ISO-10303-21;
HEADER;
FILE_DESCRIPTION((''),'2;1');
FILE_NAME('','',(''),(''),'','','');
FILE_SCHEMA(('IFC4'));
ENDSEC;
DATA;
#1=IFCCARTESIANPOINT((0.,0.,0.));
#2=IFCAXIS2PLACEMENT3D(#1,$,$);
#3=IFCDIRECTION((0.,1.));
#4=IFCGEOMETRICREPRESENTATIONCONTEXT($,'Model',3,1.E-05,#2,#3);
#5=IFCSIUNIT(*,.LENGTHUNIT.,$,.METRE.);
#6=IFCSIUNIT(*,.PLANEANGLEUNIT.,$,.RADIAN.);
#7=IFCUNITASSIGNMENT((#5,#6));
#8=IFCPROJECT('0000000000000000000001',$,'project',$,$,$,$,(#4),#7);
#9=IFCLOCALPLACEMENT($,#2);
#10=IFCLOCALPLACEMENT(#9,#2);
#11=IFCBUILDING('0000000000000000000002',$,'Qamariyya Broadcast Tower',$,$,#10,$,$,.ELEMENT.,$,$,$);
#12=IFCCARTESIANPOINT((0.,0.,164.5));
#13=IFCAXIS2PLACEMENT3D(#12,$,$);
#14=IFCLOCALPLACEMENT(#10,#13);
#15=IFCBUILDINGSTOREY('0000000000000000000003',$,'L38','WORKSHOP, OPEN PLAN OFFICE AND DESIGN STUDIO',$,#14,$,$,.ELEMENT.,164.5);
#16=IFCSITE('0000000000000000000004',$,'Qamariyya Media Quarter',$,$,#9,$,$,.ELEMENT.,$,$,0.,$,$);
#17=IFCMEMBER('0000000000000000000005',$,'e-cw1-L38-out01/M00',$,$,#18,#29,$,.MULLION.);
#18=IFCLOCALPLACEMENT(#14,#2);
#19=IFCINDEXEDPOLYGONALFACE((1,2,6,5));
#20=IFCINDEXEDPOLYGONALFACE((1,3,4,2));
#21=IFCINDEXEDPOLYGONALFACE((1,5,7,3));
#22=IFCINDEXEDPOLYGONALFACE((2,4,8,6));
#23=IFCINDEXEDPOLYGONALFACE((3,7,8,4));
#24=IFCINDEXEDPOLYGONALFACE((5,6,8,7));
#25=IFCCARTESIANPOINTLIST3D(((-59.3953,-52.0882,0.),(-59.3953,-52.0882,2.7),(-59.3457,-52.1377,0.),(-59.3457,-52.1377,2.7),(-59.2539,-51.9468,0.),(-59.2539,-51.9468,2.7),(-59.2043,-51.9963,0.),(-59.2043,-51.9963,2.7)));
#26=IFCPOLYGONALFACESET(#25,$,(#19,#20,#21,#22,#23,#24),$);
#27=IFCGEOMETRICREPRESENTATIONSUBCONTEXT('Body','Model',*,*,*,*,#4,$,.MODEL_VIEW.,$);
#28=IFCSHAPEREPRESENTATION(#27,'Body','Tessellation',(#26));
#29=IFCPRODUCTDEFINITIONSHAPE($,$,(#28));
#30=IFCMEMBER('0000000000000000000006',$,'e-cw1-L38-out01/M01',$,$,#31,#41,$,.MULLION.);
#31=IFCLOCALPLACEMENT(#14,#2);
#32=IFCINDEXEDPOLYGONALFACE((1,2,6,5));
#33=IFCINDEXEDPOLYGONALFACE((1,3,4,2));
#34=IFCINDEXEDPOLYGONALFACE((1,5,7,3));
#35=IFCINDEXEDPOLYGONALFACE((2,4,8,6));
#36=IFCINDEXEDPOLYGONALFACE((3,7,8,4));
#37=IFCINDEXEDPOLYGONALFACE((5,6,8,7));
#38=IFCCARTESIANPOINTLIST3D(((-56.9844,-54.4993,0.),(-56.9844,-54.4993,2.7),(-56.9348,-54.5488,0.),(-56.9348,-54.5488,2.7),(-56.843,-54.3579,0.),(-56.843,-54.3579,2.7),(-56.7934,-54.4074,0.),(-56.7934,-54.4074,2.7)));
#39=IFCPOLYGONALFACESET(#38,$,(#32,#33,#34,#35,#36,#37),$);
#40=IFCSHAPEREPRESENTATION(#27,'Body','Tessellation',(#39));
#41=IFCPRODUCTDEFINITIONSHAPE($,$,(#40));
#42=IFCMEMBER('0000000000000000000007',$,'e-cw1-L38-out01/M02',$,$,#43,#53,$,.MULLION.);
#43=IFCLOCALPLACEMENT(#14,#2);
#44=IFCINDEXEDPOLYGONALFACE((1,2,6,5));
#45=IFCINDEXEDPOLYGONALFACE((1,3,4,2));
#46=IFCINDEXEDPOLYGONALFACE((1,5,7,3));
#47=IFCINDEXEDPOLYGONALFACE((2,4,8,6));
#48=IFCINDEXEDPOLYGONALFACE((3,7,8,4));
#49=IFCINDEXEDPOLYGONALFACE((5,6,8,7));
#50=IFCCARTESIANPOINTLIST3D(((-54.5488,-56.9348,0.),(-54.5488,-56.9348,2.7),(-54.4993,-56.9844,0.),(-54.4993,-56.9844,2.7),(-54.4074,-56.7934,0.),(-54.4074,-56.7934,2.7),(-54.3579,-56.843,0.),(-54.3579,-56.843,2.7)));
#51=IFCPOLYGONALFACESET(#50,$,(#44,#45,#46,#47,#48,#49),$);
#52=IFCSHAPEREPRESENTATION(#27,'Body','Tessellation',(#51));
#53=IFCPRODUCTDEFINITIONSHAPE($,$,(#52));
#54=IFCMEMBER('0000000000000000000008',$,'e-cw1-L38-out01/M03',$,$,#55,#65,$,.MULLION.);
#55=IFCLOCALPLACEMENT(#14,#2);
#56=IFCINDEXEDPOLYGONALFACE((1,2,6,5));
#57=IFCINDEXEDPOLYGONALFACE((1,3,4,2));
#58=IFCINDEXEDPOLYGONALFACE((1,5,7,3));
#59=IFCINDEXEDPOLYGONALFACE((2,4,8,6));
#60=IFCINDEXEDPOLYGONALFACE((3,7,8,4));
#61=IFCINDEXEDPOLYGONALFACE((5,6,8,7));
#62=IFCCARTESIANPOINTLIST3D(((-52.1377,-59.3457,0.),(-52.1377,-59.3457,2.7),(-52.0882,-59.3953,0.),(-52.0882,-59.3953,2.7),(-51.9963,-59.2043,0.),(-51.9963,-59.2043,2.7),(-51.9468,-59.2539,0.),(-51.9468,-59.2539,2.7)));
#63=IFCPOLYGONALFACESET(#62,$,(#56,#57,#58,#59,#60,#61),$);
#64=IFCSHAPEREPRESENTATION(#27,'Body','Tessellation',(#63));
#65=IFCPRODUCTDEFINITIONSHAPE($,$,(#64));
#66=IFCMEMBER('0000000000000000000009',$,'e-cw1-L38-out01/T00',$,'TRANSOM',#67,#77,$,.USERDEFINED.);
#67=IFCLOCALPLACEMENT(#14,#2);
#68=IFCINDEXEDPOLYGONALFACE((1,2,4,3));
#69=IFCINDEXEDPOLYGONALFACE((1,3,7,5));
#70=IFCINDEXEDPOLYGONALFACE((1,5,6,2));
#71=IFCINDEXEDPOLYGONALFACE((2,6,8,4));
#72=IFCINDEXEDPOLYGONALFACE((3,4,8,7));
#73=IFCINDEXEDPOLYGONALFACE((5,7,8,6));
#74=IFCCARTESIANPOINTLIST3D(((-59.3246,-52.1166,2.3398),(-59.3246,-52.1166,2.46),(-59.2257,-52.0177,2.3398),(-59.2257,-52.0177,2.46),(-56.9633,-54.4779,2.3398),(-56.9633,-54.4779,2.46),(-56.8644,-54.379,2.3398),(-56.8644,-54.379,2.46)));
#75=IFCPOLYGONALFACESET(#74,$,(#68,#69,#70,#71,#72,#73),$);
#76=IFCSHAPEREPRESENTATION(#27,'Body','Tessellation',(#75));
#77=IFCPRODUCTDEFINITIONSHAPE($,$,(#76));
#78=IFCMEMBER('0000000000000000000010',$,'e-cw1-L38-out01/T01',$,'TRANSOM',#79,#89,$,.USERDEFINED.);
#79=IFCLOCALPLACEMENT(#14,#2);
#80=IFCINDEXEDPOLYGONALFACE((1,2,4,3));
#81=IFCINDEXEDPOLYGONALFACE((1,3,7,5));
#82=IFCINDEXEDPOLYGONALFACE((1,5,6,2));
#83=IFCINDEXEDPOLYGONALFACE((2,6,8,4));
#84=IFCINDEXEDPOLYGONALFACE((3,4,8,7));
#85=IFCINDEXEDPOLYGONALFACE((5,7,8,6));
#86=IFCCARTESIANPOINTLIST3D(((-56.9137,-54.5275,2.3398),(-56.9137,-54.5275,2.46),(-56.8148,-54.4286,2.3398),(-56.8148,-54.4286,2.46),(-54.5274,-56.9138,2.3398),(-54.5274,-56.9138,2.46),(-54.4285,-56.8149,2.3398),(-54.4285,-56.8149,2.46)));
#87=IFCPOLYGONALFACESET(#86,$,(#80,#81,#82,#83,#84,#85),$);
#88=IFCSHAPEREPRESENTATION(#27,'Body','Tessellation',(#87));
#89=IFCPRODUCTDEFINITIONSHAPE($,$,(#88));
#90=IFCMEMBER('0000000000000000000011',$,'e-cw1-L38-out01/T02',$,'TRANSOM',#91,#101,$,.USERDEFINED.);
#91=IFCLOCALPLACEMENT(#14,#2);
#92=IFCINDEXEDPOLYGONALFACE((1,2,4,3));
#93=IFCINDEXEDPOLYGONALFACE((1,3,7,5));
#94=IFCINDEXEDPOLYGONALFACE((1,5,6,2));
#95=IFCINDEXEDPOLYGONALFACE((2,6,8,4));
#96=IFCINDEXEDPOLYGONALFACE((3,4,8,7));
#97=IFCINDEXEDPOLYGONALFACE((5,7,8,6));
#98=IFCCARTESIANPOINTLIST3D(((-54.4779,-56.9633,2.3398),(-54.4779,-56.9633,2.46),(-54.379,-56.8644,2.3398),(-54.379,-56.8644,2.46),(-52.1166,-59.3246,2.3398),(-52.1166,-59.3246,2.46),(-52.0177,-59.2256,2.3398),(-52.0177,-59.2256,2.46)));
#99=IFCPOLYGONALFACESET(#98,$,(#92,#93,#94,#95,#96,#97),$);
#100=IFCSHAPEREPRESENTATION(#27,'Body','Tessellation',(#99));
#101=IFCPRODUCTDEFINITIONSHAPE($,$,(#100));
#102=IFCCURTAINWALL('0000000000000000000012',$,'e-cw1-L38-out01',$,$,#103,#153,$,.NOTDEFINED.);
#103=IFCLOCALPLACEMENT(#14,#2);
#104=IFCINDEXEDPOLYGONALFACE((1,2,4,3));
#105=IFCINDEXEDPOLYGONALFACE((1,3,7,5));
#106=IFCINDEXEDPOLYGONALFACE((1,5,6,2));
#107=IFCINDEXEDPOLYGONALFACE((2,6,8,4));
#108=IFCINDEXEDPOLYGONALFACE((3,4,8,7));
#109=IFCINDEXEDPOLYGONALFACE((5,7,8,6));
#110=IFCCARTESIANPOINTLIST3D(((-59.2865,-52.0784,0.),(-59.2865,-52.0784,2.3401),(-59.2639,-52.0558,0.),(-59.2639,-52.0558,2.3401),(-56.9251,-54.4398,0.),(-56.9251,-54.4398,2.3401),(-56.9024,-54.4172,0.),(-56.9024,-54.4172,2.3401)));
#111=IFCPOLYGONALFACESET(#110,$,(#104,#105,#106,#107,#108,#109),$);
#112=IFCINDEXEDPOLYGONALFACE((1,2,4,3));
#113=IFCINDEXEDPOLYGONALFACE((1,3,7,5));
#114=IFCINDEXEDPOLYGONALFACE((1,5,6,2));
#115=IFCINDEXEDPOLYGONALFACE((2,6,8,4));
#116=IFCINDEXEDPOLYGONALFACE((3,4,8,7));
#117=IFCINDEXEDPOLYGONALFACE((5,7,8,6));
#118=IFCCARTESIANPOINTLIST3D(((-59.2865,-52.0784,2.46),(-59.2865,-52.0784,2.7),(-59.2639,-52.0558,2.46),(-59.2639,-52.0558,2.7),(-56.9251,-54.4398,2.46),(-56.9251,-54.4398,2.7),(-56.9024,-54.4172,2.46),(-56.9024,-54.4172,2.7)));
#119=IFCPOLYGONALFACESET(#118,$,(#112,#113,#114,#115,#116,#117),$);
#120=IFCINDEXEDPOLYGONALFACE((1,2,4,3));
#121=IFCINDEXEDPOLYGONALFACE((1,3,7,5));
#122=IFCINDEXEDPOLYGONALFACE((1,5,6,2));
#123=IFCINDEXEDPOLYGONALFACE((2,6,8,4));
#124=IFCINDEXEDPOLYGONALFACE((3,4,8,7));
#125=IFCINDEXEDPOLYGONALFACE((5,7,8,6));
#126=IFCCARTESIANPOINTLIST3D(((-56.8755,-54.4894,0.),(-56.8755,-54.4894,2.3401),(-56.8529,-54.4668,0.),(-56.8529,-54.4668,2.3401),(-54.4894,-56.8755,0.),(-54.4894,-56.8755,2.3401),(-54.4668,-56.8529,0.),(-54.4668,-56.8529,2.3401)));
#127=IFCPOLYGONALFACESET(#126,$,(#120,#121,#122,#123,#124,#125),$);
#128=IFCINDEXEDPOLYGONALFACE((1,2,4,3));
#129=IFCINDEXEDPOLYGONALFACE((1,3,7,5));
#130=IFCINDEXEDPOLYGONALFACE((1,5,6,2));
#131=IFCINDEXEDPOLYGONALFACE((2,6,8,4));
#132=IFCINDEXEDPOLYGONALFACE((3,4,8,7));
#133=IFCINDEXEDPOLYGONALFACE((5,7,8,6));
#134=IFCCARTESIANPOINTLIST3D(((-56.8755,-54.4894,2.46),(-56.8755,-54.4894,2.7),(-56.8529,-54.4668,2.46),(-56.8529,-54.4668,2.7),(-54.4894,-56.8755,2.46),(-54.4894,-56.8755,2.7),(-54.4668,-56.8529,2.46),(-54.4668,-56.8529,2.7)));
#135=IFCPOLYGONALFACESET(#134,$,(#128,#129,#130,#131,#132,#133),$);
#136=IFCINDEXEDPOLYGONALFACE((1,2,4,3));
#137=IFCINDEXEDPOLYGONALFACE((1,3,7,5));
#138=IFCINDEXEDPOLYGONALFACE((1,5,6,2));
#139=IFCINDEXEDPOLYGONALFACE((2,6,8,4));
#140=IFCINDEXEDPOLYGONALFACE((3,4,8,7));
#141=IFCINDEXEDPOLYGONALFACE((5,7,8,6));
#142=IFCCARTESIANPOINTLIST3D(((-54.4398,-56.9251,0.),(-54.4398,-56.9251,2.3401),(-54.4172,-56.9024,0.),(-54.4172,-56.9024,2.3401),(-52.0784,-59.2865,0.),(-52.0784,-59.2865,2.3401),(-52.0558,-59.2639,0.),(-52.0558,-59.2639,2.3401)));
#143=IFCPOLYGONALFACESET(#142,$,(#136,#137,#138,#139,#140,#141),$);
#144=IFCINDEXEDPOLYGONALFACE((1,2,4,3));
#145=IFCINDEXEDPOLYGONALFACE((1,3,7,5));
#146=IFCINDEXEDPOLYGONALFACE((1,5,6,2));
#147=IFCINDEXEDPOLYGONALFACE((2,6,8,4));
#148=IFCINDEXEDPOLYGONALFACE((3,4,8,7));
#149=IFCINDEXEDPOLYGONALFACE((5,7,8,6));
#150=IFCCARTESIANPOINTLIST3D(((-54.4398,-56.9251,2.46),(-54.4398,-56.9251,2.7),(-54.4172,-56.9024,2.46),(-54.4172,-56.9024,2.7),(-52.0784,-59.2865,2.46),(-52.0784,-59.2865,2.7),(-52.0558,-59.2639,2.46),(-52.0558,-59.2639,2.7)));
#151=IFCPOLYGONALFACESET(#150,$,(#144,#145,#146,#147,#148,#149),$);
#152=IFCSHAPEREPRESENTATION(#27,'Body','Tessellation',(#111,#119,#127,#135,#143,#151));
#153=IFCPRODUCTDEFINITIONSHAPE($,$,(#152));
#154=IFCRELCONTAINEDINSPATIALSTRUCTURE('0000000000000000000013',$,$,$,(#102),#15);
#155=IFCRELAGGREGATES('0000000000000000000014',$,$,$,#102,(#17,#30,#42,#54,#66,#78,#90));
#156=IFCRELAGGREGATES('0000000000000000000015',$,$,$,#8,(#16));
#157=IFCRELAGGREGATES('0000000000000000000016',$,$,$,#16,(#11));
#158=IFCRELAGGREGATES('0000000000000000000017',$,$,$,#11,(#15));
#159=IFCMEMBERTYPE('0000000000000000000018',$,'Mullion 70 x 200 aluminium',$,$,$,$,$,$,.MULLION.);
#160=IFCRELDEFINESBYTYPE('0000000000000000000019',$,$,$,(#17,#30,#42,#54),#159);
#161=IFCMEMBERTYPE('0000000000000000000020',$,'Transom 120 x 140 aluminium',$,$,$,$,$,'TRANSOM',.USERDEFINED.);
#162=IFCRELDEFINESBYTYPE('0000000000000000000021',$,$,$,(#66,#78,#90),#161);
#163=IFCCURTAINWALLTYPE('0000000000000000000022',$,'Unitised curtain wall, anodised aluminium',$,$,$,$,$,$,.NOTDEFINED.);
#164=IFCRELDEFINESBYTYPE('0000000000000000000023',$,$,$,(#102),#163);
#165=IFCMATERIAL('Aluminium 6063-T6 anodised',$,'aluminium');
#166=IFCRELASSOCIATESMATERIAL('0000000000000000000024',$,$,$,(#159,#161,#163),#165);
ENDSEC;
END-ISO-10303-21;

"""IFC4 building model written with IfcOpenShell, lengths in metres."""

from ifc_helpers import new_model, si_unit, direction, frame, origin, origin_2d, place, context, subcontext, project, spatial, rectangle, extrude, material, material_profile, profile_set, type_object, element, aggregate, save


model = new_model("IFC4")

# Units and contexts
model_context = context("Model", 3, precision=1e-05, world=origin(), true_north=direction((0.0, 1.0)))
body_context = subcontext(model_context, "Body", "Model", "MODEL_VIEW")
ifc_project = project(units=[si_unit("LENGTHUNIT", "METRE"), si_unit("PLANEANGLEUNIT", "RADIAN")], contexts=[model_context])

# Members
ifc_material = material(Name="Aluminium 6063-T6 anodised", Category="aluminium")
ifc_material_profile_1 = material_profile(ifc_material, rectangle(XDim=0.2, YDim=0.0701, at=origin_2d()))
ifc_profile_set_1 = profile_set([ifc_material_profile_1], Name="Aluminium 6063-T6 anodised")
member_type_1 = type_object("IfcMemberType", Name="Mullion 70 x 200 aluminium", PredefinedType="MULLION", material=ifc_profile_set_1)
site_placement = place(None, origin())
building_placement = place(site_placement, origin())
storey_placement = place(building_placement, frame((0.0, 0.0, 164.5)))
member_1_placement = place(storey_placement, frame((-59.2998, -52.0422, 0.0), z_axis=(0.0, 0.0, 1.0), x_axis=(0.707107, 0.707107, 0.0)))
member_1 = element("IfcMember", 1, at=member_1_placement, type_object=member_type_1, Name="e-cw1-L38-out01/M00", PredefinedType="MULLION", context=body_context, shape_type="SweptSolid", body=[
    extrude(rectangle(XDim=0.2, YDim=0.0701, at=origin_2d()), origin(), (0.0, 0.0, 1.0), 2.7),
])
member_2_placement = place(storey_placement, frame((-56.8889, -54.4534, 0.0), z_axis=(0.0, 0.0, 1.0), x_axis=(0.707107, 0.707107, 0.0)))
member_2 = element("IfcMember", 2, at=member_2_placement, type_object=member_type_1, Name="e-cw1-L38-out01/M01", PredefinedType="MULLION", context=body_context, shape_type="SweptSolid", body=[
    extrude(rectangle(XDim=0.2, YDim=0.0701, at=origin_2d()), origin(), (0.0, 0.0, 1.0), 2.7),
])
member_3_placement = place(storey_placement, frame((-54.4534, -56.8889, 0.0), z_axis=(0.0, 0.0, 1.0), x_axis=(0.707107, 0.707107, 0.0)))
member_3 = element("IfcMember", 3, at=member_3_placement, type_object=member_type_1, Name="e-cw1-L38-out01/M02", PredefinedType="MULLION", context=body_context, shape_type="SweptSolid", body=[
    extrude(rectangle(XDim=0.2, YDim=0.0701, at=origin_2d()), origin(), (0.0, 0.0, 1.0), 2.7),
])
member_4_placement = place(storey_placement, frame((-52.0422, -59.2998, 0.0), z_axis=(0.0, 0.0, 1.0), x_axis=(0.707107, 0.707107, 0.0)))
member_4 = element("IfcMember", 4, at=member_4_placement, type_object=member_type_1, Name="e-cw1-L38-out01/M03", PredefinedType="MULLION", context=body_context, shape_type="SweptSolid", body=[
    extrude(rectangle(XDim=0.2, YDim=0.0701, at=origin_2d()), origin(), (0.0, 0.0, 1.0), 2.7),
])
ifc_material_profile_2 = material_profile(ifc_material, rectangle(XDim=0.1399, YDim=0.1201, at=origin_2d()))
ifc_profile_set_2 = profile_set([ifc_material_profile_2], Name="Aluminium 6063-T6 anodised")
member_type_2 = type_object("IfcMemberType", Name="Transom 120 x 140 aluminium", ElementType="TRANSOM", PredefinedType="USERDEFINED", material=ifc_profile_set_2)
member_5_placement = place(storey_placement, frame((-59.2751, -52.0671, 2.3999), z_axis=(0.707107, -0.707107, 0.0), x_axis=(0.707107, 0.707107, 0.0)))
member_5 = element("IfcMember", 5, at=member_5_placement, type_object=member_type_2, Name="e-cw1-L38-out01/T00", ObjectType="TRANSOM", PredefinedType="USERDEFINED", context=body_context, shape_type="SweptSolid", body=[
    extrude(rectangle(XDim=0.1399, YDim=0.1201, at=origin_2d()), origin(), (0.0, 0.0, 1.0), 3.3394),
])
member_6_placement = place(storey_placement, frame((-56.8643, -54.478, 2.3999), z_axis=(0.707107, -0.707107, 0.0), x_axis=(0.707107, 0.707107, 0.0)))
member_6 = element("IfcMember", 6, at=member_6_placement, type_object=member_type_2, Name="e-cw1-L38-out01/T01", ObjectType="TRANSOM", PredefinedType="USERDEFINED", context=body_context, shape_type="SweptSolid", body=[
    extrude(rectangle(XDim=0.1399, YDim=0.1201, at=origin_2d()), origin(), (0.0, 0.0, 1.0), 3.3748),
])
member_7_placement = place(storey_placement, frame((-54.4285, -56.9138, 2.3999), z_axis=(0.707107, -0.707107, 0.0), x_axis=(0.707107, 0.707107, 0.0)))
member_7 = element("IfcMember", 7, at=member_7_placement, type_object=member_type_2, Name="e-cw1-L38-out01/T02", ObjectType="TRANSOM", PredefinedType="USERDEFINED", context=body_context, shape_type="SweptSolid", body=[
    extrude(rectangle(XDim=0.1399, YDim=0.1201, at=origin_2d()), origin(), (0.0, 0.0, 1.0), 3.3394),
])

# Site, building, storey
site = spatial("IfcSite", under=ifc_project, at=site_placement, Name="Qamariyya Media Quarter", CompositionType="ELEMENT", RefElevation=0.0)
building = spatial("IfcBuilding", under=site, at=building_placement, Name="Qamariyya Broadcast Tower", CompositionType="ELEMENT")
storey = spatial("IfcBuildingStorey", under=building, at=storey_placement, Name="L38", Description="WORKSHOP, OPEN PLAN OFFICE AND DESIGN STUDIO", CompositionType="ELEMENT", Elevation=164.5)

# Curtain wall
curtain_wall_type = type_object("IfcCurtainWallType", Name="Unitised curtain wall, anodised aluminium", PredefinedType="NOTDEFINED", material=ifc_material)
curtain_wall_1_placement = place(storey_placement, origin())
curtain_wall_1 = element("IfcCurtainWall", 8, at=curtain_wall_1_placement, inside=storey, type_object=curtain_wall_type, Name="e-cw1-L38-out01", PredefinedType="NOTDEFINED", context=body_context, shape_type="SweptSolid", body=[
    extrude(rectangle(XDim=3.3396, YDim=0.032, at=origin_2d()), frame((-58.0945, -53.2478, 0.0), x_axis=(0.707107, -0.707107, 0.0)), (0.0, 0.0, 1.0), 2.3401),
    extrude(rectangle(XDim=3.3396, YDim=0.032, at=origin_2d()), frame((-58.0945, -53.2478, 2.46), x_axis=(0.707107, -0.707107, 0.0)), (0.0, 0.0, 1.0), 0.24),
    extrude(rectangle(XDim=3.3745, YDim=0.032, at=origin_2d()), frame((-55.6711, -55.6711, 0.0), x_axis=(0.707107, -0.707107, 0.0)), (0.0, 0.0, 1.0), 2.3401),
    extrude(rectangle(XDim=3.3745, YDim=0.032, at=origin_2d()), frame((-55.6711, -55.6711, 2.46), x_axis=(0.707107, -0.707107, 0.0)), (0.0, 0.0, 1.0), 0.24),
    extrude(rectangle(XDim=3.3396, YDim=0.032, at=origin_2d()), frame((-53.2478, -58.0945, 0.0), x_axis=(0.707107, -0.707107, 0.0)), (0.0, 0.0, 1.0), 2.3401),
    extrude(rectangle(XDim=3.3396, YDim=0.032, at=origin_2d()), frame((-53.2478, -58.0945, 2.46), x_axis=(0.707107, -0.707107, 0.0)), (0.0, 0.0, 1.0), 0.24),
])
aggregate(curtain_wall_1, [member_1, member_2, member_3, member_4, member_5, member_6, member_7])

save(model, "model.ifc")
